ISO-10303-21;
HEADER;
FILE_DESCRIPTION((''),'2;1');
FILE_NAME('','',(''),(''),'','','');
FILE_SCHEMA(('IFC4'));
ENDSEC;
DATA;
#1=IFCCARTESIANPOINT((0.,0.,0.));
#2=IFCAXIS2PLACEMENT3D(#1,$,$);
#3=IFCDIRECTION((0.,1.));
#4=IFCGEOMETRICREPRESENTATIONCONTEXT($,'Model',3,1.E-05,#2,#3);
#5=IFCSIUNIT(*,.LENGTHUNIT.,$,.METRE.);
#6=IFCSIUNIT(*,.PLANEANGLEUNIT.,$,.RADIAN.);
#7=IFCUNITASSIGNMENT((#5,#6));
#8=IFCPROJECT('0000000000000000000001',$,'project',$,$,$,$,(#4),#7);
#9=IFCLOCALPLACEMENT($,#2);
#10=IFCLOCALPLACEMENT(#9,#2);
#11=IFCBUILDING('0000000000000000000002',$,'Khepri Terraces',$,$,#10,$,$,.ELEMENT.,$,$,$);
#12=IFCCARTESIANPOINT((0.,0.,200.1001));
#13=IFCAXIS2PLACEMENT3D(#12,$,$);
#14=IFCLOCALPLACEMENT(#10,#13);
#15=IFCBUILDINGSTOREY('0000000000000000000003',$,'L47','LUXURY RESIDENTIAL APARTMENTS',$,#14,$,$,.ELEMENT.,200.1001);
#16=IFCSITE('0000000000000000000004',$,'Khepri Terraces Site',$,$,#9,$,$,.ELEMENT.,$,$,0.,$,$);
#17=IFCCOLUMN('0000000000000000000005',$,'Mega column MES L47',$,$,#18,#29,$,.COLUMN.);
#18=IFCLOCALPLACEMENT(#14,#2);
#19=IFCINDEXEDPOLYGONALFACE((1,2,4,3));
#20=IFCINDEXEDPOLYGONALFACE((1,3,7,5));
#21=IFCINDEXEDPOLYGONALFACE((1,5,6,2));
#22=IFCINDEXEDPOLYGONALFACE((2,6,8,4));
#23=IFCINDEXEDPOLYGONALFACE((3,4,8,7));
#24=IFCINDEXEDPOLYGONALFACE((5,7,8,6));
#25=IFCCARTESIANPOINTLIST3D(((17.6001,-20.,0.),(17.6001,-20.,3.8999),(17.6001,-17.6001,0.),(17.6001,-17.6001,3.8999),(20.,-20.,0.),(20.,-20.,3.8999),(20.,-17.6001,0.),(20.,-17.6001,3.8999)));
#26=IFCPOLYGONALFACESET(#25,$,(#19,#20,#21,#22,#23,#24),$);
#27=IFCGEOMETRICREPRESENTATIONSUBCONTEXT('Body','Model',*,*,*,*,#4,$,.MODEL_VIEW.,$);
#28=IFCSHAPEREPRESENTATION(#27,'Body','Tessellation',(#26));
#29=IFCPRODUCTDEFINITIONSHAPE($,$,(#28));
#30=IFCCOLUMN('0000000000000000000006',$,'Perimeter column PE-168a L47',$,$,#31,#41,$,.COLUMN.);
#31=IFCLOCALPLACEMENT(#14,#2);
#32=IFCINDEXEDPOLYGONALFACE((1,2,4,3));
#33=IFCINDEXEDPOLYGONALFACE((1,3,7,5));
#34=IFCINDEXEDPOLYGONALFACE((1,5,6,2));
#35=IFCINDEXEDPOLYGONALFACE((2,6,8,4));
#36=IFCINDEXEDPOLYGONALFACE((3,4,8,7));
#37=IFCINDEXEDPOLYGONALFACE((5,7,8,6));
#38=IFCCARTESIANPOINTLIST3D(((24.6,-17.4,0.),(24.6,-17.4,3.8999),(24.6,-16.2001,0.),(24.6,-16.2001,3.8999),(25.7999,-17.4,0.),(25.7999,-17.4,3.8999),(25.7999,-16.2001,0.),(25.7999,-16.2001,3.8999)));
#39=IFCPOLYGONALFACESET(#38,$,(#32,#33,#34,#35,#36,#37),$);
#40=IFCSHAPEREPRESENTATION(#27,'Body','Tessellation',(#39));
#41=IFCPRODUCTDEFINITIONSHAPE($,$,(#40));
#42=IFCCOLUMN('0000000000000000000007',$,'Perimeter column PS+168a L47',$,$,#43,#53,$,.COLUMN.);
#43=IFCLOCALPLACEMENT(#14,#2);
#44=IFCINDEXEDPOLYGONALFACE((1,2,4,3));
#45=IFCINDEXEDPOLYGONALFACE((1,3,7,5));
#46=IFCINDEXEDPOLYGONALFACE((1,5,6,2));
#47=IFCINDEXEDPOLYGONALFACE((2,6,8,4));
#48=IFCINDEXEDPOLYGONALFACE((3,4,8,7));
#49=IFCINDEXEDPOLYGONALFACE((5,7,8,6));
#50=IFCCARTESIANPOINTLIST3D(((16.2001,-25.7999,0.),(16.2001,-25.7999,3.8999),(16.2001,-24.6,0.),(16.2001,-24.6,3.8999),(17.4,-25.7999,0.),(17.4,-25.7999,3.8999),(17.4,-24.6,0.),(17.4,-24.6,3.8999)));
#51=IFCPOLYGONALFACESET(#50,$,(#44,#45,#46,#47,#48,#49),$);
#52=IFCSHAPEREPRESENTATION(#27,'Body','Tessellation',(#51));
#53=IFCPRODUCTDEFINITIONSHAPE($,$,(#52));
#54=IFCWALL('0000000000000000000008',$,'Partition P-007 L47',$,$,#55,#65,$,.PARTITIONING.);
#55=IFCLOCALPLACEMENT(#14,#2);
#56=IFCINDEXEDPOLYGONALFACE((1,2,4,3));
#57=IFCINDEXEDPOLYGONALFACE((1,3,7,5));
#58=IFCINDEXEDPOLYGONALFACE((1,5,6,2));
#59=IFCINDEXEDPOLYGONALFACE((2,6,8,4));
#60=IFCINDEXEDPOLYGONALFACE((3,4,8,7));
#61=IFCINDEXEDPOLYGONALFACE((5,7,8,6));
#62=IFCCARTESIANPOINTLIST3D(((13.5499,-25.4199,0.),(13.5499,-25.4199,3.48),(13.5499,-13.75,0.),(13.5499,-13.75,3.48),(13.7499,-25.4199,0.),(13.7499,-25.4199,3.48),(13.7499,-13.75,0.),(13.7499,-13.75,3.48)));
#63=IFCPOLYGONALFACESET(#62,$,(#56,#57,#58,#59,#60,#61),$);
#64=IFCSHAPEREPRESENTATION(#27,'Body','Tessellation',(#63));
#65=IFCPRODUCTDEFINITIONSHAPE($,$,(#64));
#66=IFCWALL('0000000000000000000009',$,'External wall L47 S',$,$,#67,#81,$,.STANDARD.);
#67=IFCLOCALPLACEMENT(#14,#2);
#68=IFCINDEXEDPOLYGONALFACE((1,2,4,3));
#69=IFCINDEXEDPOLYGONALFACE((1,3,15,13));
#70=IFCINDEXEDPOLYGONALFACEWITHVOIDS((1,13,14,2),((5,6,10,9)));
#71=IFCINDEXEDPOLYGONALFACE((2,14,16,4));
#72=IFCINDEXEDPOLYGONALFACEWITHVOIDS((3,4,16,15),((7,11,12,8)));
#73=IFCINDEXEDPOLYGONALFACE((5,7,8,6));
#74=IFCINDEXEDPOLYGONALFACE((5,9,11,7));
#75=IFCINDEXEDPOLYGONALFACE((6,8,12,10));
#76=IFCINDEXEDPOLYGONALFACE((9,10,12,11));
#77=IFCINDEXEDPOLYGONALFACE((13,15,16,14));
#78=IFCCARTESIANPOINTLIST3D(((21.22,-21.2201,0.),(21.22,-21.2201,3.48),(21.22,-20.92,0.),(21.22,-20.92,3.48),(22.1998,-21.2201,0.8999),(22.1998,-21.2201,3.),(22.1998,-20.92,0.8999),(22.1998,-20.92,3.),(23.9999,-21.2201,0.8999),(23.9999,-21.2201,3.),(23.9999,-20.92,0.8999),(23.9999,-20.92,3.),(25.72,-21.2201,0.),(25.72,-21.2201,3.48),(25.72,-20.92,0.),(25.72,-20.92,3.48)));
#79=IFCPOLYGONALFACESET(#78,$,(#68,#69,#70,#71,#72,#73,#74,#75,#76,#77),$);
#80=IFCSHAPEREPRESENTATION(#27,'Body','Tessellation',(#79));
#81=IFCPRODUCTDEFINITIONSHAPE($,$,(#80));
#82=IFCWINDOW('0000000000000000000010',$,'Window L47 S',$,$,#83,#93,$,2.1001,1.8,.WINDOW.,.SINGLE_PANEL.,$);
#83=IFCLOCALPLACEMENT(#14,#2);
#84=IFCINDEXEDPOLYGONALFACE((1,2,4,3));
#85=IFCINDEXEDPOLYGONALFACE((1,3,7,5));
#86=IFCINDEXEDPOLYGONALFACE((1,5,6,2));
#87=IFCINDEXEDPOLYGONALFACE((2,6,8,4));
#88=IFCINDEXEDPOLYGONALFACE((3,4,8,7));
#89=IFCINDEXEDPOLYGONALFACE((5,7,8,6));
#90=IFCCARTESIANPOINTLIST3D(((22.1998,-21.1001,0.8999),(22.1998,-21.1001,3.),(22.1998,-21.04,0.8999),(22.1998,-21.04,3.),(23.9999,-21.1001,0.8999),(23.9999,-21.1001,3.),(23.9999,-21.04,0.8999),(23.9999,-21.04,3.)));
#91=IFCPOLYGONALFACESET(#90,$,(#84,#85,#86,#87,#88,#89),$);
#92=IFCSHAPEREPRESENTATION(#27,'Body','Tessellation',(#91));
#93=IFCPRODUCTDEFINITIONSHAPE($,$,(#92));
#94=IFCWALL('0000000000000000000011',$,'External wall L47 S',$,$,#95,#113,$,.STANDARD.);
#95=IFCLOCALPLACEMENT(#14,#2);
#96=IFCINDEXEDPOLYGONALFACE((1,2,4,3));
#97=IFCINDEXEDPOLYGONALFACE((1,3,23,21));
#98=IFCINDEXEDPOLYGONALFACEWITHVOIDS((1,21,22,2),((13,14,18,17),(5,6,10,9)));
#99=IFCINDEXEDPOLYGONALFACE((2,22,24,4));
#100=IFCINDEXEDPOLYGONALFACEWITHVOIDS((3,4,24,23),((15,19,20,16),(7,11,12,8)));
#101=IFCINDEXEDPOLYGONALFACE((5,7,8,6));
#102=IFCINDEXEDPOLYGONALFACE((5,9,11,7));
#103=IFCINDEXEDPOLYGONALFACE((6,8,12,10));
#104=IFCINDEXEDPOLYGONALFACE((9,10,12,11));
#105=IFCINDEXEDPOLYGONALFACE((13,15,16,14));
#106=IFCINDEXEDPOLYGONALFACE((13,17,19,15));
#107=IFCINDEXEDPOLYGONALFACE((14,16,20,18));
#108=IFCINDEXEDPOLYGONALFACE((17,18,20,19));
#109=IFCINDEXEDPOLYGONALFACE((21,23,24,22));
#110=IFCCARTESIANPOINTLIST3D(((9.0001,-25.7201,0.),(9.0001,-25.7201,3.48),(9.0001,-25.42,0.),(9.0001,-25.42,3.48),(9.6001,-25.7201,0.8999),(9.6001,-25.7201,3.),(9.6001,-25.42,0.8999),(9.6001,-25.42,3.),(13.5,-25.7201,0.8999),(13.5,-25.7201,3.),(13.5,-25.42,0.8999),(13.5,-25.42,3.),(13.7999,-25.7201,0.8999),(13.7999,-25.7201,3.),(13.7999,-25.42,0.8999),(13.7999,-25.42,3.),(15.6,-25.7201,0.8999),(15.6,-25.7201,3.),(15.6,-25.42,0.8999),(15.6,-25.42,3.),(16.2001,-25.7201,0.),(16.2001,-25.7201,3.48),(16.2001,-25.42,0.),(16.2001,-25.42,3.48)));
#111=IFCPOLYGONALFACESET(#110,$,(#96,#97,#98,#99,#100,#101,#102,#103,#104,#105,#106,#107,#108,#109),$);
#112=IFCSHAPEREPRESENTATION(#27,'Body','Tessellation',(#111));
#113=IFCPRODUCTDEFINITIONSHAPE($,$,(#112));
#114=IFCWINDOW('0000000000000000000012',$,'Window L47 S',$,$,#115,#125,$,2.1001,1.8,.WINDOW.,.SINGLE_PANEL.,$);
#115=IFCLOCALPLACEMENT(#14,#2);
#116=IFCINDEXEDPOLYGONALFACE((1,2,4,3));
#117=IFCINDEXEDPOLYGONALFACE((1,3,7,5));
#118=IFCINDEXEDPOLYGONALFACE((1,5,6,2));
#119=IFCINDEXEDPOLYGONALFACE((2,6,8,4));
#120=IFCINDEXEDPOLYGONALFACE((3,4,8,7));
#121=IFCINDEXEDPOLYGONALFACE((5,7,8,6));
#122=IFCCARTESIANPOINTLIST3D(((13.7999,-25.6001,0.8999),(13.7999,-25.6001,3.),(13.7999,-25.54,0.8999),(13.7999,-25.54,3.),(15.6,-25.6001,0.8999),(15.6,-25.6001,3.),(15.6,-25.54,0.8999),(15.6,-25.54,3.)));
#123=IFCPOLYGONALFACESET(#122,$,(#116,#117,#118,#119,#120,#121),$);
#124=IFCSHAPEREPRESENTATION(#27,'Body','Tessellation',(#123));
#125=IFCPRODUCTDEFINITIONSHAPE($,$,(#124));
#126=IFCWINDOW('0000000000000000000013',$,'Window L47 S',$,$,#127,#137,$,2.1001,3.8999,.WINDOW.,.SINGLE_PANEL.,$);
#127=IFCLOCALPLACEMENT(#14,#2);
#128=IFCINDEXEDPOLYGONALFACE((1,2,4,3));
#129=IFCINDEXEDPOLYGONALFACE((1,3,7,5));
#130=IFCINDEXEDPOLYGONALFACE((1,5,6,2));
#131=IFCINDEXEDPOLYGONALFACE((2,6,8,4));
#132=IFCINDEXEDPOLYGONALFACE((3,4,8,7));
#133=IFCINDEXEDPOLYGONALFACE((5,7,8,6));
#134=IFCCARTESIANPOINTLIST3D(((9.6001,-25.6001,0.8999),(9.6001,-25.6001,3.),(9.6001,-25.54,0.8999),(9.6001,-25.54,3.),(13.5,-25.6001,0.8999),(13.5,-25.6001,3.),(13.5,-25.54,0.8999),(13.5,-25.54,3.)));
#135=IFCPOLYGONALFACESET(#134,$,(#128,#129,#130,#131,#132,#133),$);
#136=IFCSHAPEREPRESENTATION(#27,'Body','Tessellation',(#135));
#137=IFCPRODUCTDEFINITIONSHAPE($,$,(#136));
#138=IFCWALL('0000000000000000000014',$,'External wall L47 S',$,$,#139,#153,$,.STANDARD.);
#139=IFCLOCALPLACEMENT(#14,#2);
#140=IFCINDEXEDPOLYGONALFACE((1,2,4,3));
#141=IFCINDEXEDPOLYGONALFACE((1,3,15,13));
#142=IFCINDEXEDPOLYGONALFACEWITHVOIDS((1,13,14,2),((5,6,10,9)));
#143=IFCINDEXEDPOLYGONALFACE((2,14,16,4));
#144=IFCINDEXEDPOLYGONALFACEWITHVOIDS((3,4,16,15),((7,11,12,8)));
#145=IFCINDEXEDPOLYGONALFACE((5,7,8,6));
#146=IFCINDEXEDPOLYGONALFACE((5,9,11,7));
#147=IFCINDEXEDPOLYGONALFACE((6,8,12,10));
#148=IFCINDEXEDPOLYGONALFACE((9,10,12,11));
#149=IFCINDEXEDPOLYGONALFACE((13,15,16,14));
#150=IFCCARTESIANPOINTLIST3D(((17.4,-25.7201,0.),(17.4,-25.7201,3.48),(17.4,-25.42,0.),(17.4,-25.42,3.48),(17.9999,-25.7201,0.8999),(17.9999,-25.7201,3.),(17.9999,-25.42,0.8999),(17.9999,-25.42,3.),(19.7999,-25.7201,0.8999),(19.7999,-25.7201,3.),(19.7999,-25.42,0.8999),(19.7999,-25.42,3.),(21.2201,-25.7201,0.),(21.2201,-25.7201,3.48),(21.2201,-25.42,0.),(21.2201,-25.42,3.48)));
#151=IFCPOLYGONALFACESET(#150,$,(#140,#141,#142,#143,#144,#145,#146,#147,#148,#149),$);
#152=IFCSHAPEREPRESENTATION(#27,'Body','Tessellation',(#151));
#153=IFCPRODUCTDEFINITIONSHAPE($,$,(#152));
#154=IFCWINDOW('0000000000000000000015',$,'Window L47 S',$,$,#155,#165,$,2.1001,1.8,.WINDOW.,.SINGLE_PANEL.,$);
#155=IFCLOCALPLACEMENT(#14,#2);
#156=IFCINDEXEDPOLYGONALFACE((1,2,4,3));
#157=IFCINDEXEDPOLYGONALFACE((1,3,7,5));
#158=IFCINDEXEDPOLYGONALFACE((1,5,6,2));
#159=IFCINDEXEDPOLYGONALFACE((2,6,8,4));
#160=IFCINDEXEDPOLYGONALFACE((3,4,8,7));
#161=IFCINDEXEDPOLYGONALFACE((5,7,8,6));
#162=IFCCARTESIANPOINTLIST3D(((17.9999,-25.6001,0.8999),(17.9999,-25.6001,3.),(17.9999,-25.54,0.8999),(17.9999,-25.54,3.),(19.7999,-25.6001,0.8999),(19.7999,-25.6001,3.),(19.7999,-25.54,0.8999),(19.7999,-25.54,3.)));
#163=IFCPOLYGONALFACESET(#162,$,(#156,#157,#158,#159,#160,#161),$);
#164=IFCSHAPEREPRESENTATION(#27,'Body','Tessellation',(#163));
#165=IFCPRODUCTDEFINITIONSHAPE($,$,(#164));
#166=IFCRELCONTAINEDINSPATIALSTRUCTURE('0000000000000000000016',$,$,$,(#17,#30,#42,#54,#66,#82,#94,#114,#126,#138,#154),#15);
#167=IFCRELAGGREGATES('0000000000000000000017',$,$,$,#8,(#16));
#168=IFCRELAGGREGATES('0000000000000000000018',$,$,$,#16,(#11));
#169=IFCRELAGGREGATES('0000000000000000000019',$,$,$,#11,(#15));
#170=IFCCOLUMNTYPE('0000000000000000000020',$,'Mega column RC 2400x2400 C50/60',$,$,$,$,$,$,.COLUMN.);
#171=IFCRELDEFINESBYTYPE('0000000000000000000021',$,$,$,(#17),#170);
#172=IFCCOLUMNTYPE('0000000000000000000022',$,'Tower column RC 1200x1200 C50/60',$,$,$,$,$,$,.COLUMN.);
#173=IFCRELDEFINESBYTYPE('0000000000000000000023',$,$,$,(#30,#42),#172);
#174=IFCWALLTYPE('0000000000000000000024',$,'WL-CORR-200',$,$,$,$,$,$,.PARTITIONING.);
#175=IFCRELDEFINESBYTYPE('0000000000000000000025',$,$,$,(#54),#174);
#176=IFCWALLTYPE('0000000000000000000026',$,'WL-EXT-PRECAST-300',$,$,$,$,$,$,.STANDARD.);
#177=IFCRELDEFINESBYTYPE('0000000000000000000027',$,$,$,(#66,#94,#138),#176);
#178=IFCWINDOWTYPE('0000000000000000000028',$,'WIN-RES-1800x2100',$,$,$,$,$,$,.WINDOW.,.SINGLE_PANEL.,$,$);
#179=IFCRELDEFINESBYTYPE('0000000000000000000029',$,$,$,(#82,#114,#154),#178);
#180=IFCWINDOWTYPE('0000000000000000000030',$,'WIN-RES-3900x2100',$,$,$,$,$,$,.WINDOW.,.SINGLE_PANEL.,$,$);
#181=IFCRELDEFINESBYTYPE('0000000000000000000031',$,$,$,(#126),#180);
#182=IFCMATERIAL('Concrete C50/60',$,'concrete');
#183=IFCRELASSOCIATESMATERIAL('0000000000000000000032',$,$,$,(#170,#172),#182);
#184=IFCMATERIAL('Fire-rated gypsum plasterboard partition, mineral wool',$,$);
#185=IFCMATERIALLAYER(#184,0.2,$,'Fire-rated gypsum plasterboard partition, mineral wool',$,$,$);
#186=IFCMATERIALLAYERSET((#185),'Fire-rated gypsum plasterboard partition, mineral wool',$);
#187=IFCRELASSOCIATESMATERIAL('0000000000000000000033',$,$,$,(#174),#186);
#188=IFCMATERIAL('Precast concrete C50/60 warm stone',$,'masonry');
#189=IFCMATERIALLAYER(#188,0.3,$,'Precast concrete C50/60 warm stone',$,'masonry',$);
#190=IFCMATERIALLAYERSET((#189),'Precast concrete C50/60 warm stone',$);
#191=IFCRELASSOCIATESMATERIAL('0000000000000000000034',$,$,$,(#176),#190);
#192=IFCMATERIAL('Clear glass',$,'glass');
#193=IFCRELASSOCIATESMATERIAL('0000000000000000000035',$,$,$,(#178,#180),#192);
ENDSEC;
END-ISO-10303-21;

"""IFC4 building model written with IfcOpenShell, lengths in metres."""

from ifc_helpers import new_model, si_unit, direction, frame, frame_2d, origin, origin_2d, place, context, subcontext, project, spatial, rectangle, extrude, material, layer, layer_set, material_profile, profile_set, type_object, element, fill, save


model = new_model("IFC4")

# Units and contexts
model_context = context("Model", 3, precision=1e-05, world=origin(), true_north=direction((0.0, 1.0)))
body_context = subcontext(model_context, "Body", "Model", "MODEL_VIEW")
ifc_project = project(units=[si_unit("LENGTHUNIT", "METRE"), si_unit("PLANEANGLEUNIT", "RADIAN")], contexts=[model_context])

# Site, building, storey
site_placement = place(None, origin())
site = spatial("IfcSite", under=ifc_project, at=site_placement, Name="Khepri Terraces Site", CompositionType="ELEMENT", RefElevation=0.0)
building_placement = place(site_placement, origin())
building = spatial("IfcBuilding", under=site, at=building_placement, Name="Khepri Terraces", CompositionType="ELEMENT")
storey_placement = place(building_placement, frame((0.0, 0.0, 200.1001)))
storey = spatial("IfcBuildingStorey", under=building, at=storey_placement, Name="L47", Description="LUXURY RESIDENTIAL APARTMENTS", CompositionType="ELEMENT", Elevation=200.1001)

# Columns
ifc_material_1 = material(Name="Concrete C50/60", Category="concrete")
ifc_material_profile_1 = material_profile(ifc_material_1, rectangle(XDim=2.3999, YDim=2.3999, at=origin_2d()), Name="Concrete C50/60", Category="concrete")
ifc_profile_set_1 = profile_set([ifc_material_profile_1], Name="Concrete C50/60")
column_type_1 = type_object("IfcColumnType", Name="Mega column RC 2400x2400 C50/60", PredefinedType="COLUMN", material=ifc_profile_set_1)
column_placement = place(storey_placement, frame((18.8, -18.8, 0.0), z_axis=(0.0, 0.0, 1.0), x_axis=(1.0, 0.0, 0.0)))
element("IfcColumn", 1, at=column_placement, inside=storey, type_object=column_type_1, Name="Mega column MES L47", PredefinedType="COLUMN", context=body_context, shape_type="SweptSolid", body=[
    extrude(rectangle(XDim=2.3999, YDim=2.3999, at=origin_2d()), origin(), (0.0, 0.0, 1.0), 3.8999),
])
ifc_material_profile_2 = material_profile(ifc_material_1, rectangle(XDim=1.2, YDim=1.2, at=origin_2d()), Name="Concrete C50/60", Category="concrete")
ifc_profile_set_2 = profile_set([ifc_material_profile_2], Name="Concrete C50/60")
column_type_2 = type_object("IfcColumnType", Name="Tower column RC 1200x1200 C50/60", PredefinedType="COLUMN", material=ifc_profile_set_2)
for number, where, z_axis, x_axis, name in (
    (2, (25.2, -16.8, 0.0), (0.0, 0.0, 1.0), (1.0, 0.0, 0.0), "Perimeter column PE-168a L47"),
    (3, (16.8, -25.2, 0.0), (0.0, 0.0, 1.0), (1.0, 0.0, 0.0), "Perimeter column PS+168a L47"),
):
    element("IfcColumn", number, at=place(storey_placement, frame(where, z_axis=z_axis, x_axis=x_axis)), inside=storey, type_object=column_type_2, Name=name, PredefinedType="COLUMN", context=body_context, shape_type="SweptSolid", body=[
        extrude(rectangle(XDim=1.2, YDim=1.2, at=origin_2d()), origin(), (0.0, 0.0, 1.0), 3.8999),
    ])

# Wall
ifc_material_2 = material(Name="Fire-rated gypsum plasterboard partition, mineral wool")
ifc_layer_1 = layer(ifc_material_2, 0.2, Name="Fire-rated gypsum plasterboard partition, mineral wool")
ifc_layer_set_1 = layer_set([ifc_layer_1], Name="Fire-rated gypsum plasterboard partition, mineral wool")
wall_type_1 = type_object("IfcWallType", Name="WL-CORR-200", PredefinedType="PARTITIONING", material=ifc_layer_set_1)
wall_1_placement = place(storey_placement, frame((13.6499, -25.4199, 0.0), z_axis=(0.0, 0.0, 1.0), x_axis=(0.0, 1.0, 0.0)))
element("IfcWall", 4, at=wall_1_placement, inside=storey, type_object=wall_type_1, Name="Partition P-007 L47", PredefinedType="PARTITIONING", context=body_context, shape_type="SweptSolid", body=[
    extrude(rectangle(XDim=11.6699, YDim=0.2, at=frame_2d((5.835, 0.0))), origin(), (0.0, 0.0, 1.0), 3.48),
])

# Wall, opening, window
ifc_material_3 = material(Name="Precast concrete C50/60 warm stone", Category="masonry")
ifc_layer_2 = layer(ifc_material_3, 0.3, Name="Precast concrete C50/60 warm stone", Category="masonry")
ifc_layer_set_2 = layer_set([ifc_layer_2], Name="Precast concrete C50/60 warm stone")
wall_type_2 = type_object("IfcWallType", Name="WL-EXT-PRECAST-300", PredefinedType="STANDARD", material=ifc_layer_set_2)
wall_2_placement = place(storey_placement, frame((21.22, -21.0701, 0.0), z_axis=(0.0, 0.0, 1.0), x_axis=(1.0, 0.0, 0.0)))
wall_2 = element("IfcWall", 5, at=wall_2_placement, inside=storey, type_object=wall_type_2, Name="External wall L47 S", PredefinedType="STANDARD", context=body_context, shape_type="SweptSolid", body=[
    extrude(rectangle(XDim=4.5, YDim=0.3, at=frame_2d((2.25, 0.0))), origin(), (0.0, 0.0, 1.0), 3.48),
])
opening_1_placement = place(wall_2_placement, frame((0.98, 0.0, 0.8999)))
opening_1 = element("IfcOpeningElement", 6, at=opening_1_placement, cuts=wall_2, PredefinedType="OPENING", context=body_context, shape_type="SweptSolid", body=[
    extrude(rectangle(XDim=1.8, YDim=2.1001, at=frame_2d((0.8999, 1.05))), frame((0.0, 0.1602, 0.0), z_axis=(0.0, -1.0, 0.0), x_axis=(1.0, 0.0, 0.0)), (0.0, 0.0, 1.0), 0.3201),
])
ifc_material_4 = material(Name="Clear glass", Category="glass")
window_type_1 = type_object("IfcWindowType", Name="WIN-RES-1800x2100", PartitioningType="SINGLE_PANEL", PredefinedType="WINDOW", material=ifc_material_4)
window_1_placement = place(opening_1_placement, origin())
window_1 = element("IfcWindow", 7, at=window_1_placement, inside=storey, type_object=window_type_1, Name="Window L47 S", OverallHeight=2.1001, OverallWidth=1.8, PartitioningType="SINGLE_PANEL", PredefinedType="WINDOW", context=body_context, shape_type="SweptSolid", body=[
    extrude(rectangle(XDim=1.8, YDim=2.1001, at=frame_2d((0.8999, 1.05))), frame((0.0, 0.03, 0.0), z_axis=(0.0, -1.0, 0.0), x_axis=(1.0, 0.0, 0.0)), (0.0, 0.0, 1.0), 0.0601),
])
fill(opening_1, window_1)

# Wall, openings, windows
wall_3_placement = place(storey_placement, frame((9.0, -25.5701, 0.0), z_axis=(0.0, 0.0, 1.0), x_axis=(1.0, 0.0, 0.0)))
wall_3 = element("IfcWall", 8, at=wall_3_placement, inside=storey, type_object=wall_type_2, Name="External wall L47 S", PredefinedType="STANDARD", context=body_context, shape_type="SweptSolid", body=[
    extrude(rectangle(XDim=7.2, YDim=0.3, at=frame_2d((3.6001, 0.0))), origin(), (0.0, 0.0, 1.0), 3.48),
])
opening_2_placement = place(wall_3_placement, frame((0.6001, 0.0, 0.8999)))
opening_2 = element("IfcOpeningElement", 9, at=opening_2_placement, cuts=wall_3, PredefinedType="OPENING", context=body_context, shape_type="SweptSolid", body=[
    extrude(rectangle(XDim=3.8999, YDim=2.1001, at=frame_2d((1.95, 1.05))), frame((0.0, 0.1602, 0.0), z_axis=(0.0, -1.0, 0.0), x_axis=(1.0, 0.0, 0.0)), (0.0, 0.0, 1.0), 0.3201),
])
opening_3_placement = place(wall_3_placement, frame((4.8, 0.0, 0.8999)))
opening_3 = element("IfcOpeningElement", 10, at=opening_3_placement, cuts=wall_3, PredefinedType="OPENING", context=body_context, shape_type="SweptSolid", body=[
    extrude(rectangle(XDim=1.8, YDim=2.1001, at=frame_2d((0.8999, 1.05))), frame((0.0, 0.1602, 0.0), z_axis=(0.0, -1.0, 0.0), x_axis=(1.0, 0.0, 0.0)), (0.0, 0.0, 1.0), 0.3201),
])
window_2_placement = place(opening_3_placement, origin())
window_2 = element("IfcWindow", 11, at=window_2_placement, inside=storey, type_object=window_type_1, Name="Window L47 S", OverallHeight=2.1001, OverallWidth=1.8, PartitioningType="SINGLE_PANEL", PredefinedType="WINDOW", context=body_context, shape_type="SweptSolid", body=[
    extrude(rectangle(XDim=1.8, YDim=2.1001, at=frame_2d((0.8999, 1.05))), frame((0.0, 0.03, 0.0), z_axis=(0.0, -1.0, 0.0), x_axis=(1.0, 0.0, 0.0)), (0.0, 0.0, 1.0), 0.0601),
])
fill(opening_3, window_2)
window_type_2 = type_object("IfcWindowType", Name="WIN-RES-3900x2100", PartitioningType="SINGLE_PANEL", PredefinedType="WINDOW", material=ifc_material_4)
window_3_placement = place(opening_2_placement, origin())
window_3 = element("IfcWindow", 12, at=window_3_placement, inside=storey, type_object=window_type_2, Name="Window L47 S", OverallHeight=2.1001, OverallWidth=3.8999, PartitioningType="SINGLE_PANEL", PredefinedType="WINDOW", context=body_context, shape_type="SweptSolid", body=[
    extrude(rectangle(XDim=3.8999, YDim=2.1001, at=frame_2d((1.95, 1.05))), frame((0.0, 0.03, 0.0), z_axis=(0.0, -1.0, 0.0), x_axis=(1.0, 0.0, 0.0)), (0.0, 0.0, 1.0), 0.0601),
])
fill(opening_2, window_3)

# Wall, opening, window
wall_4_placement = place(storey_placement, frame((17.3999, -25.5701, 0.0), z_axis=(0.0, 0.0, 1.0), x_axis=(1.0, 0.0, 0.0)))
wall_4 = element("IfcWall", 13, at=wall_4_placement, inside=storey, type_object=wall_type_2, Name="External wall L47 S", PredefinedType="STANDARD", context=body_context, shape_type="SweptSolid", body=[
    extrude(rectangle(XDim=3.8201, YDim=0.3, at=frame_2d((1.9102, 0.0))), origin(), (0.0, 0.0, 1.0), 3.48),
])
opening_4_placement = place(wall_4_placement, frame((0.6001, 0.0, 0.8999)))
opening_4 = element("IfcOpeningElement", 14, at=opening_4_placement, cuts=wall_4, PredefinedType="OPENING", context=body_context, shape_type="SweptSolid", body=[
    extrude(rectangle(XDim=1.8, YDim=2.1001, at=frame_2d((0.8999, 1.05))), frame((0.0, 0.1602, 0.0), z_axis=(0.0, -1.0, 0.0), x_axis=(1.0, 0.0, 0.0)), (0.0, 0.0, 1.0), 0.3201),
])
window_4_placement = place(opening_4_placement, origin())
window_4 = element("IfcWindow", 15, at=window_4_placement, inside=storey, type_object=window_type_1, Name="Window L47 S", OverallHeight=2.1001, OverallWidth=1.8, PartitioningType="SINGLE_PANEL", PredefinedType="WINDOW", context=body_context, shape_type="SweptSolid", body=[
    extrude(rectangle(XDim=1.8, YDim=2.1001, at=frame_2d((0.8999, 1.05))), frame((0.0, 0.03, 0.0), z_axis=(0.0, -1.0, 0.0), x_axis=(1.0, 0.0, 0.0)), (0.0, 0.0, 1.0), 0.0601),
])
fill(opening_4, window_4)

save(model, "model.ifc")
